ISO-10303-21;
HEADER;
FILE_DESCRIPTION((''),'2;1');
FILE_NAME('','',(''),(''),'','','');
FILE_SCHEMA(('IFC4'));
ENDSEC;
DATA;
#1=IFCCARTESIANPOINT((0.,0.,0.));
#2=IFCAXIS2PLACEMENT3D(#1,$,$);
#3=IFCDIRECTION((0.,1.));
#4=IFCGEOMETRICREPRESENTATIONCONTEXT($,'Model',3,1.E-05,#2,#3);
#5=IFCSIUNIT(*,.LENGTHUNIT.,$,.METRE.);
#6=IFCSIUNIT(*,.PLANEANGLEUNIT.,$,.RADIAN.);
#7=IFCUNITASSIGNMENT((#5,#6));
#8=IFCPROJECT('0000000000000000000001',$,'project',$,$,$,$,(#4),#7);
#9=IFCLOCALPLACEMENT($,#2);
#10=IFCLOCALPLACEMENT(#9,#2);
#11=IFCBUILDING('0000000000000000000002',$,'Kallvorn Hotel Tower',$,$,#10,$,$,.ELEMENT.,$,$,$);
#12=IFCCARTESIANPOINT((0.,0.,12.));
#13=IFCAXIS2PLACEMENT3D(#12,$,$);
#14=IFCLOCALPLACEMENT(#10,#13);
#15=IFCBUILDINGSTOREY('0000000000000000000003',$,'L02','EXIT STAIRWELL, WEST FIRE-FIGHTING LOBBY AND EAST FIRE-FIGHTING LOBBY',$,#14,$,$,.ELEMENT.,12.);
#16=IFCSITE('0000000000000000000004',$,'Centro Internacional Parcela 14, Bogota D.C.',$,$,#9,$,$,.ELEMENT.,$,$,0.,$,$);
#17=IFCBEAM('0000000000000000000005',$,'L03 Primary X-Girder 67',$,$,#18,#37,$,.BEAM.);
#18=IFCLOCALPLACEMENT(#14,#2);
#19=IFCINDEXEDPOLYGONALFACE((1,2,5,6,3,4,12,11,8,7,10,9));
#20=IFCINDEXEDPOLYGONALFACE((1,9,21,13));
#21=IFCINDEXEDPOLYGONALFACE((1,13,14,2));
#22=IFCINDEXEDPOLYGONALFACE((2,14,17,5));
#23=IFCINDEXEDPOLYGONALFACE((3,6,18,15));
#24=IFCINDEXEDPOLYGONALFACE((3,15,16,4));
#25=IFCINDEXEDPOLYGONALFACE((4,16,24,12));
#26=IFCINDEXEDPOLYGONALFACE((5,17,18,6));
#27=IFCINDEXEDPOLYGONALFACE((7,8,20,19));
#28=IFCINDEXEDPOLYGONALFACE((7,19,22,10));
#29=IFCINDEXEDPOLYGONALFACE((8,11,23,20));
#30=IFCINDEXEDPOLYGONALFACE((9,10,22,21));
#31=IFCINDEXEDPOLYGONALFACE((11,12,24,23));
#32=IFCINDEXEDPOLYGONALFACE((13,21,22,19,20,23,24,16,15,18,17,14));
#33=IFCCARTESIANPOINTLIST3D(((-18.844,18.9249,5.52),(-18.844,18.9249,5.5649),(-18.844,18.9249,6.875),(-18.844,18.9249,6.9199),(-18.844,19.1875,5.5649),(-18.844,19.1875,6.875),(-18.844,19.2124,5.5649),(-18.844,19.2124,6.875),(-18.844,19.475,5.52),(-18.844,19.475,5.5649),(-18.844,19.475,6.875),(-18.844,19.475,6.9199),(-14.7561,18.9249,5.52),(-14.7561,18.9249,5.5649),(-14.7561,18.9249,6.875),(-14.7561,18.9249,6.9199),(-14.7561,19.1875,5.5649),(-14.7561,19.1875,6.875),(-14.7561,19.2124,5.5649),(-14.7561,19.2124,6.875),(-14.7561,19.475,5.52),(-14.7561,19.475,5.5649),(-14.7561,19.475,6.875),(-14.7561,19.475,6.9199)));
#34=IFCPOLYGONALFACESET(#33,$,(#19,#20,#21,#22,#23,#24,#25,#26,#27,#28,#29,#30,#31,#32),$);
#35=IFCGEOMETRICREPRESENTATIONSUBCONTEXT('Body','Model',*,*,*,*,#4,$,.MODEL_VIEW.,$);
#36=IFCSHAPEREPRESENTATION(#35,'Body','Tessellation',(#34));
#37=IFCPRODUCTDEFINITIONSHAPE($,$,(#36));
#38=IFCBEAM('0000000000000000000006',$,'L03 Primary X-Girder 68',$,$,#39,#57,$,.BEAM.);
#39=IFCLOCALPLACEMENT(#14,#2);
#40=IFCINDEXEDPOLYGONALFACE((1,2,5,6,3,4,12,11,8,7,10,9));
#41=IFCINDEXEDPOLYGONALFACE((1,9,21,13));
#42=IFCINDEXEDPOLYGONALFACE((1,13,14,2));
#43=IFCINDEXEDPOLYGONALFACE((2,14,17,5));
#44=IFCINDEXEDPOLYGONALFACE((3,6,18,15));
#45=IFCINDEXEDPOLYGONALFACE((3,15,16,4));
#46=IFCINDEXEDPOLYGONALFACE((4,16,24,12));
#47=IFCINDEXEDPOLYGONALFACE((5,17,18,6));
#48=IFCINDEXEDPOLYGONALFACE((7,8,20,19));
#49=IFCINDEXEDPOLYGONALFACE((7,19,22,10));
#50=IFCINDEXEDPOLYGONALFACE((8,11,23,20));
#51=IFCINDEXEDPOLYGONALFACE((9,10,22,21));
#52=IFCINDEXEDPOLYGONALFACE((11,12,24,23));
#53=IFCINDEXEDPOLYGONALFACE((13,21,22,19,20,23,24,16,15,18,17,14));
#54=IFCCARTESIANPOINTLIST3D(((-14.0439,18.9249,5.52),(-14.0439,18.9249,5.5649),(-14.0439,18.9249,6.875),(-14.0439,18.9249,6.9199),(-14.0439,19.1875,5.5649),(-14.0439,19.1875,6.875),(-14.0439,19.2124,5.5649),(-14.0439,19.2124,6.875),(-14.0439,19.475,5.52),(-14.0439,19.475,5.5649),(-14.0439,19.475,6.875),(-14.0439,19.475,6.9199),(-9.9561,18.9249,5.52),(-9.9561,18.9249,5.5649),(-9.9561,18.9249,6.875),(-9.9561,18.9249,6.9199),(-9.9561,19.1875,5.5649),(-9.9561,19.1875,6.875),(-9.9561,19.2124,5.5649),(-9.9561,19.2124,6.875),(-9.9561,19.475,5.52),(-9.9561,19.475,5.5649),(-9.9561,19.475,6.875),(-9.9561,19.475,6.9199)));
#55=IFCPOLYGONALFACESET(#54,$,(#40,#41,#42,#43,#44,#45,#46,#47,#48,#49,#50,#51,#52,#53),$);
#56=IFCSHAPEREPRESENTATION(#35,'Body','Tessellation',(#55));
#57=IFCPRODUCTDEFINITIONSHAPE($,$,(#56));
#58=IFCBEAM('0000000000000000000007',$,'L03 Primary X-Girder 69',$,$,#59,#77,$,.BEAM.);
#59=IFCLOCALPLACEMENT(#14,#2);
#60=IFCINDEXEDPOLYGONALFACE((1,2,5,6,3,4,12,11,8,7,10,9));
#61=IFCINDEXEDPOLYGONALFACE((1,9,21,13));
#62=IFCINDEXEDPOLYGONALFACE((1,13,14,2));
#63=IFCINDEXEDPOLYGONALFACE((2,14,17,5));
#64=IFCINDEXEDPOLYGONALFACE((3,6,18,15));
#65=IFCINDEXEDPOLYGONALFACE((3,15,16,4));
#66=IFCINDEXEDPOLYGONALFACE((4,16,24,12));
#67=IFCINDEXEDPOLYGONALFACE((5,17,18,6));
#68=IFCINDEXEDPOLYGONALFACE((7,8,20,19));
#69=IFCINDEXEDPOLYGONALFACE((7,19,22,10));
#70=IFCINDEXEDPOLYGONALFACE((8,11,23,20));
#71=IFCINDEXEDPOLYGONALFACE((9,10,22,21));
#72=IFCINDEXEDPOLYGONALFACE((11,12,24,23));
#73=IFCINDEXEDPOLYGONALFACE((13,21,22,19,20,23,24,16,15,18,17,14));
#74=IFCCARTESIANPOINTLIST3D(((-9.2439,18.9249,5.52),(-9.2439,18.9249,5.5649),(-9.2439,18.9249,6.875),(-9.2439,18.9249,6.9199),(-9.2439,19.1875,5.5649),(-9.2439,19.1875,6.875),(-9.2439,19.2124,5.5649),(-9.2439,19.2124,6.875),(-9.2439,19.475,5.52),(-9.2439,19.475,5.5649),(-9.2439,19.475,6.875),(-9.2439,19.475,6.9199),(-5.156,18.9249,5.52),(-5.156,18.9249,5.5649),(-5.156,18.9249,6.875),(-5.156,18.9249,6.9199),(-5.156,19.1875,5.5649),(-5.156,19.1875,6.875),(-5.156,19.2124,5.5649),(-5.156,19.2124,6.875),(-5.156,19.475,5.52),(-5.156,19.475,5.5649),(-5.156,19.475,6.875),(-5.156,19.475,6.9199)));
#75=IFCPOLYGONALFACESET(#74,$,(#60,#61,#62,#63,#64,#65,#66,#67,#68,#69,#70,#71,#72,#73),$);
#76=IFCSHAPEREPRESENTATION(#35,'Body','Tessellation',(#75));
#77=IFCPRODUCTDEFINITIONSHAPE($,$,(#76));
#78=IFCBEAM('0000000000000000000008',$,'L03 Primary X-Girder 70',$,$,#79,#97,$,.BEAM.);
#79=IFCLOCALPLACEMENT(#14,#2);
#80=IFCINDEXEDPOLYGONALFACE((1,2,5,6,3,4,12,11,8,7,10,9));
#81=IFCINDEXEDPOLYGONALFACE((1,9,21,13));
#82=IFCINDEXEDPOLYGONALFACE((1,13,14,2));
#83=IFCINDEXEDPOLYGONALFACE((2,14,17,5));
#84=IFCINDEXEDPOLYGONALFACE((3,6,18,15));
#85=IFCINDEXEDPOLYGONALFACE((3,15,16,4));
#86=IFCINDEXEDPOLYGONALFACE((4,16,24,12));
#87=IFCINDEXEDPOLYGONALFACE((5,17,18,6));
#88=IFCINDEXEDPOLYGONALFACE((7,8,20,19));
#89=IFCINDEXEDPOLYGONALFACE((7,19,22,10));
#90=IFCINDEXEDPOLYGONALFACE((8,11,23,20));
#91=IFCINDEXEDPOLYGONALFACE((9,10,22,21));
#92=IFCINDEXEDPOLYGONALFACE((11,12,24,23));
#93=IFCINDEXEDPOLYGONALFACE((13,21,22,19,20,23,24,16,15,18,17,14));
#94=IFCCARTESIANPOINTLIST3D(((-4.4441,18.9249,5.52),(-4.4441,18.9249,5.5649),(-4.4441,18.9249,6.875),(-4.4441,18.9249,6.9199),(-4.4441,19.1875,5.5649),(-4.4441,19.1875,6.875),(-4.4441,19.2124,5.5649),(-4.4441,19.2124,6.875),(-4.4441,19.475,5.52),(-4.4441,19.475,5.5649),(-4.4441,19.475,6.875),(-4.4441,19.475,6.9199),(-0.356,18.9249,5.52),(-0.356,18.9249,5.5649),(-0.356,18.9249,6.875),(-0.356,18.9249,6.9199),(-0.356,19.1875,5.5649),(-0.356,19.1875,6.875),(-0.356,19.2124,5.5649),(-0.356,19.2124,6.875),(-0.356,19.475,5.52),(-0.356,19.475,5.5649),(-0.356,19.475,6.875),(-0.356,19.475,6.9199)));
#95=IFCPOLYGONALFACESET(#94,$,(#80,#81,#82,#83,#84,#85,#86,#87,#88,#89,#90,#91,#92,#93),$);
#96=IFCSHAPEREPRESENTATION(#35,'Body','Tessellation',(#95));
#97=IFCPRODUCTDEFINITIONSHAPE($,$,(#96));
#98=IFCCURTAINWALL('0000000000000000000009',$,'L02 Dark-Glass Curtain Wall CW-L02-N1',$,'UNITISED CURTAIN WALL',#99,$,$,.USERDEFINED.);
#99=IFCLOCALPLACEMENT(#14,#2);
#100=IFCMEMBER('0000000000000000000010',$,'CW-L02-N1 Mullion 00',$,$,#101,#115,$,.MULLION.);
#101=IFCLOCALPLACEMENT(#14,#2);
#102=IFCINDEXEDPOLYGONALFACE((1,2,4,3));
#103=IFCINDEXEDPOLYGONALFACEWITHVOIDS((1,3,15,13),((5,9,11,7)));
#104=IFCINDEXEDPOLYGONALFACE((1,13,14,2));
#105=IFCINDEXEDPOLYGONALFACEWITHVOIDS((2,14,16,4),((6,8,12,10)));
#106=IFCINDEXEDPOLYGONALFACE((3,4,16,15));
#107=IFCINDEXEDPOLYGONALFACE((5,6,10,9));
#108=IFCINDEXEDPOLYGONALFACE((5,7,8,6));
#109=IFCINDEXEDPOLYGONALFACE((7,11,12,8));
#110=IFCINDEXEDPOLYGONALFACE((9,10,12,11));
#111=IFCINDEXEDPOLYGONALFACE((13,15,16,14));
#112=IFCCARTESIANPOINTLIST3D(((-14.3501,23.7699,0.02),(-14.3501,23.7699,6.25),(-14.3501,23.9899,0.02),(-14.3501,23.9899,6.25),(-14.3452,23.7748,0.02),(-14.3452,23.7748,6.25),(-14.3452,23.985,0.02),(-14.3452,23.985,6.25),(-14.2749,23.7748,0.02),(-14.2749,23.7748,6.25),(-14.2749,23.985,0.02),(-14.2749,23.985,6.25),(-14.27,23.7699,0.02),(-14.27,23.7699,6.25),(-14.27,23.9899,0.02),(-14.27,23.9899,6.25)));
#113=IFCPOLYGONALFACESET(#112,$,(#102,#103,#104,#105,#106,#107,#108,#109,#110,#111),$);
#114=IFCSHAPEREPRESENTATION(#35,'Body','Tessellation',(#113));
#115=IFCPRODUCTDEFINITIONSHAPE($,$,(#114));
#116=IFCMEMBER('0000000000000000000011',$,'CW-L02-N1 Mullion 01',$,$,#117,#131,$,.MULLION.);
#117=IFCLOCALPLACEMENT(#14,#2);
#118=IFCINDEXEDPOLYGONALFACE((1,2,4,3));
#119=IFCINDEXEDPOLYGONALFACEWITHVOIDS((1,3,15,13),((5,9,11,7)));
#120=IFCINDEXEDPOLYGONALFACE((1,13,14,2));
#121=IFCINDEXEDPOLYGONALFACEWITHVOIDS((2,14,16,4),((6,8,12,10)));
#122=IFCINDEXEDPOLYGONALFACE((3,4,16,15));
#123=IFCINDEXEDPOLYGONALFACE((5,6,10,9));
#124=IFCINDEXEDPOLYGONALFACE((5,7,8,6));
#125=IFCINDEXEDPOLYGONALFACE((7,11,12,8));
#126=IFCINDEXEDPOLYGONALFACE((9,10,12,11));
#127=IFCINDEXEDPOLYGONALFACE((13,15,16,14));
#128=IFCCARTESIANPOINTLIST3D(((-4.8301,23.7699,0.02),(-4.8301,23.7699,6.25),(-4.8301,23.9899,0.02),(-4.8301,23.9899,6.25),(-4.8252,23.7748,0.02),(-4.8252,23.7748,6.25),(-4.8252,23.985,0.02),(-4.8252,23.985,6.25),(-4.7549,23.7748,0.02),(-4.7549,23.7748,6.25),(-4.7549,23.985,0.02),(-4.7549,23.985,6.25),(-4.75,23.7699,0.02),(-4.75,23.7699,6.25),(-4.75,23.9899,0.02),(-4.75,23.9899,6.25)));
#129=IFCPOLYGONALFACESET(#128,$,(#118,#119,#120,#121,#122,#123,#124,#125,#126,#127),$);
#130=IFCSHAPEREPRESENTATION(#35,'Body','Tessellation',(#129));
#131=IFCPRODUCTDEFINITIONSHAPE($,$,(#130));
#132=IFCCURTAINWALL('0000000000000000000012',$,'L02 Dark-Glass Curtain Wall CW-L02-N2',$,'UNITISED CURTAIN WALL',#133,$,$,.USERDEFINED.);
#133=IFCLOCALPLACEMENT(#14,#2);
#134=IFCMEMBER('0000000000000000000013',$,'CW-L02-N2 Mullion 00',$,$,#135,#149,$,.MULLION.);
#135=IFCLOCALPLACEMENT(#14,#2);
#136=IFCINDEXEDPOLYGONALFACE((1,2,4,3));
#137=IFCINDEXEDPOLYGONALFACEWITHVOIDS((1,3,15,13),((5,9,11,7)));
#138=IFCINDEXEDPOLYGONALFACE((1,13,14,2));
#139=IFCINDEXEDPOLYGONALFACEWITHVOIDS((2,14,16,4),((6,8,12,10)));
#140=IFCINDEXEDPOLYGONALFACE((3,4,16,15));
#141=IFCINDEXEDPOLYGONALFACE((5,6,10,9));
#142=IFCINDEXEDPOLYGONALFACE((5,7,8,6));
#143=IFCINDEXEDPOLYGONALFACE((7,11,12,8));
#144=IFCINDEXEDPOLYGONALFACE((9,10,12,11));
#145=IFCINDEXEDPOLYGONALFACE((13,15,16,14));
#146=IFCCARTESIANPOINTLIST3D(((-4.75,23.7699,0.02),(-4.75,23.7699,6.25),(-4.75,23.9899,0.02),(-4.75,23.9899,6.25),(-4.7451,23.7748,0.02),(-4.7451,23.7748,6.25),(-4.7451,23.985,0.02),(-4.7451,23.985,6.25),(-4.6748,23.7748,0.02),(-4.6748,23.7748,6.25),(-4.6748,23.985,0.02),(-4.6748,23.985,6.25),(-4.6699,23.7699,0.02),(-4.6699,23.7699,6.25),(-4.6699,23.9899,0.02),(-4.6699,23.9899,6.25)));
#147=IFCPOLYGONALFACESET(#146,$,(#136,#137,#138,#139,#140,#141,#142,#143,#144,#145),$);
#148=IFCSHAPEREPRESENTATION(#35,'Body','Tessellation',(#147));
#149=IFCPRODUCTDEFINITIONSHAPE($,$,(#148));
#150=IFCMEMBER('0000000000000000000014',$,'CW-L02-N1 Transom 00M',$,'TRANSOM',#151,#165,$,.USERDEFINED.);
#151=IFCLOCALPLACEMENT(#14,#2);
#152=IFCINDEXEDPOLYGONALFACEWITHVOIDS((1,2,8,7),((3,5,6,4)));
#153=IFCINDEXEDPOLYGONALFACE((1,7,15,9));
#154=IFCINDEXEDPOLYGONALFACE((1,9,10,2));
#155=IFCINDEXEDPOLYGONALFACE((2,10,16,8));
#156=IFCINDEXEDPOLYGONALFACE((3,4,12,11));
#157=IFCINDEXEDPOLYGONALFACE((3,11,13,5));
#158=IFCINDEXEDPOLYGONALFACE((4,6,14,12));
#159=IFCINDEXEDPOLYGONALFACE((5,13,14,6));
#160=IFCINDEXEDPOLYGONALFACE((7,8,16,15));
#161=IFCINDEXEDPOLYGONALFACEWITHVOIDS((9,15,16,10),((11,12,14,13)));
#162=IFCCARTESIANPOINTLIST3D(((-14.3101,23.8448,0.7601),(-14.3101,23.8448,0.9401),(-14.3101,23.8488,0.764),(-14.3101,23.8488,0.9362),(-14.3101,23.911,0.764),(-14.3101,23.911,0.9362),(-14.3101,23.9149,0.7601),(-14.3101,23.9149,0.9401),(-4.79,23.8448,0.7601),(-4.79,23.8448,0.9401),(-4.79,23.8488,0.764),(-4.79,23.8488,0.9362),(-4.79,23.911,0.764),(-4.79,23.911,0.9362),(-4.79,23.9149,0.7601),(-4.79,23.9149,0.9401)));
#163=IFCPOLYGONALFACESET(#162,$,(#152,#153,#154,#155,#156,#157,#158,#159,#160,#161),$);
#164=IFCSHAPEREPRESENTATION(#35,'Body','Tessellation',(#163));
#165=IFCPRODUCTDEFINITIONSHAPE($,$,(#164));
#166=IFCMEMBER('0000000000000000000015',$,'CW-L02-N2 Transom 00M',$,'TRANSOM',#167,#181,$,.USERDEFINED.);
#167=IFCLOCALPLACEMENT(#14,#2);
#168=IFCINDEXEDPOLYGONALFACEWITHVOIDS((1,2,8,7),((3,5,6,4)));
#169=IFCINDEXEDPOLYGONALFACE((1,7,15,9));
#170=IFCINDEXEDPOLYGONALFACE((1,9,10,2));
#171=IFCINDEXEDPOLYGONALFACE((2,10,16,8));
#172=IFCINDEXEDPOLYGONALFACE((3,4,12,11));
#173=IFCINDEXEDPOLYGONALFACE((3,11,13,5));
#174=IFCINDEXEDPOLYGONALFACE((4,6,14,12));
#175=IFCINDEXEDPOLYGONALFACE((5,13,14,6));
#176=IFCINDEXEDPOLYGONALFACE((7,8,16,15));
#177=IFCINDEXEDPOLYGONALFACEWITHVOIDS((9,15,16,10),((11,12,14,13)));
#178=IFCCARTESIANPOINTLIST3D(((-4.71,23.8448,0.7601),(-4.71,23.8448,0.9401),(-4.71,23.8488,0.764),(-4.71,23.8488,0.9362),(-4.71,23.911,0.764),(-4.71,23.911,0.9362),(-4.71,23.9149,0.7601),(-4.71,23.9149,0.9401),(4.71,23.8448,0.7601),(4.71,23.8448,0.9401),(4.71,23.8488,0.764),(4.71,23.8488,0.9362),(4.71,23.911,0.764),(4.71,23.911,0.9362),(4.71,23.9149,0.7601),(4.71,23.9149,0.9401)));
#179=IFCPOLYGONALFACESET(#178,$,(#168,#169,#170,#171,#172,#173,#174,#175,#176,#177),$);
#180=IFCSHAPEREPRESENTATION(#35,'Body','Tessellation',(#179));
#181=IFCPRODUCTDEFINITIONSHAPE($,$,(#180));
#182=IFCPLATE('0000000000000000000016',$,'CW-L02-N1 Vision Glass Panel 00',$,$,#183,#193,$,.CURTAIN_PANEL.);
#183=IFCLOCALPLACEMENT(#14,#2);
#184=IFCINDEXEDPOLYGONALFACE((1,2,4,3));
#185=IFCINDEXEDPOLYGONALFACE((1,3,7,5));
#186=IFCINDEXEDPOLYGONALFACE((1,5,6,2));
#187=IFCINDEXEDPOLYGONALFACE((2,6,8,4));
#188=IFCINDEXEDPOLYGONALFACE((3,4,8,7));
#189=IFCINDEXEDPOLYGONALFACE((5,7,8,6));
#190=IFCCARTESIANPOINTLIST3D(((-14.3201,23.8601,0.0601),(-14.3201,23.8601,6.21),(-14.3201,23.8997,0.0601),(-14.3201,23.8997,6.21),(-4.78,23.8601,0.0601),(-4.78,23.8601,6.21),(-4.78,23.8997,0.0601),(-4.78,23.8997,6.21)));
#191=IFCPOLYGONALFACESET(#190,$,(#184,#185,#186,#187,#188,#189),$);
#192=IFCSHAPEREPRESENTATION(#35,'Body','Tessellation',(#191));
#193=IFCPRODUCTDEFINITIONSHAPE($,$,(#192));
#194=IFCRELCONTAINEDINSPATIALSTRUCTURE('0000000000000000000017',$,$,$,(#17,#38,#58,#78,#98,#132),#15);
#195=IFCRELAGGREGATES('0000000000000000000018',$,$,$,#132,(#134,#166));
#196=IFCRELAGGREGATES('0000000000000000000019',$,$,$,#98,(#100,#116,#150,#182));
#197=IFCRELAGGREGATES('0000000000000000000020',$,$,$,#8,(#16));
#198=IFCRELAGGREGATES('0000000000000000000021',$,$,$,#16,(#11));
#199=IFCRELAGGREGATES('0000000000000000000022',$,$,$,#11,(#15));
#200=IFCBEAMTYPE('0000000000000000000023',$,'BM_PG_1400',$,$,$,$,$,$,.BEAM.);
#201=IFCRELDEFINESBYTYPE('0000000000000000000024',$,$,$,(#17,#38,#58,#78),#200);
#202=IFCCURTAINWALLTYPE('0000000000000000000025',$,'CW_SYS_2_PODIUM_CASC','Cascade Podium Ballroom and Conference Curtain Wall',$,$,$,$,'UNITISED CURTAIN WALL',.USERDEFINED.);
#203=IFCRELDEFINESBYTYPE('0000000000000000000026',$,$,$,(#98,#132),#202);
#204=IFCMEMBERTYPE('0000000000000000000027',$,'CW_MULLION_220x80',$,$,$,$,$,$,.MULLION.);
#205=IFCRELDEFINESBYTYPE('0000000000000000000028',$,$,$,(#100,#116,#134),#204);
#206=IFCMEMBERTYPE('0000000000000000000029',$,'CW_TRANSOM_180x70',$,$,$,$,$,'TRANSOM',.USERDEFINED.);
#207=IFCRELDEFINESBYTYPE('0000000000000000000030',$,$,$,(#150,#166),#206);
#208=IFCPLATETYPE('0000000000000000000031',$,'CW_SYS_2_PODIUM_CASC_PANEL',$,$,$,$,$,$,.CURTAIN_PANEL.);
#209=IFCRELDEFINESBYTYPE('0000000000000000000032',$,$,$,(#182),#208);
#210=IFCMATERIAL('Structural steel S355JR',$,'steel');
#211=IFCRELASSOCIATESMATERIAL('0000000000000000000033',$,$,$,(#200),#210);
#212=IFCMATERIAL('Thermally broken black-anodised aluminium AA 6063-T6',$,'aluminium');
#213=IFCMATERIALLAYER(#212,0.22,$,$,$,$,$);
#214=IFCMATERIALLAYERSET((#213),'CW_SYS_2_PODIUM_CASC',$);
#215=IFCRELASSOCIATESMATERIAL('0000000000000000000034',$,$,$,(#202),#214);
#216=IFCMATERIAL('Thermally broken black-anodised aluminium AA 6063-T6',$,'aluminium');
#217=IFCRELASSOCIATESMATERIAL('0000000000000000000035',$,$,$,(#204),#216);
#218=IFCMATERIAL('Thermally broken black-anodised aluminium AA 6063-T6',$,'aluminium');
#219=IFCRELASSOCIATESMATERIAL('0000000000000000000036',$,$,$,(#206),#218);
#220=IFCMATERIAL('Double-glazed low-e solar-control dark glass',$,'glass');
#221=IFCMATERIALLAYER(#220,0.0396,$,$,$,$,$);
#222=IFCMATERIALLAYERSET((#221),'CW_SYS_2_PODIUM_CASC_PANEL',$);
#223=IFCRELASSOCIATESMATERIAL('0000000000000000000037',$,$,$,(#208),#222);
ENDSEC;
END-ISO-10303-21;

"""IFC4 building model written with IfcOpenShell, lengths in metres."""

from ifc_helpers import new_model, si_unit, direction, frame, origin, origin_2d, place, context, subcontext, project, spatial, rectangle, hollow_rectangle, i_section, extrude, material, layer, layer_set, material_profile, profile_set, type_object, element, aggregate, save


model = new_model("IFC4")

# Units and contexts
model_context = context("Model", 3, precision=1e-05, world=origin(), true_north=direction((0.0, 1.0)))
body_context = subcontext(model_context, "Body", "Model", "MODEL_VIEW")
ifc_project = project(units=[si_unit("LENGTHUNIT", "METRE"), si_unit("PLANEANGLEUNIT", "RADIAN")], contexts=[model_context])

# Site, building, storey
site_placement = place(None, origin())
site = spatial("IfcSite", under=ifc_project, at=site_placement, Name="Centro Internacional Parcela 14, Bogota D.C.", CompositionType="ELEMENT", RefElevation=0.0)
building_placement = place(site_placement, origin())
building = spatial("IfcBuilding", under=site, at=building_placement, Name="Kallvorn Hotel Tower", CompositionType="ELEMENT")
storey_placement = place(building_placement, frame((0.0, 0.0, 12.0)))
storey = spatial("IfcBuildingStorey", under=building, at=storey_placement, Name="L02", Description="EXIT STAIRWELL, WEST FIRE-FIGHTING LOBBY AND EAST FIRE-FIGHTING LOBBY", CompositionType="ELEMENT", Elevation=12.0)

# Beams
ifc_material_1 = material(Name="Structural steel S355JR", Category="steel")
ifc_material_profile_1 = material_profile(ifc_material_1, i_section(OverallWidth=0.55, OverallDepth=1.3999, WebThickness=0.0249, FlangeThickness=0.0449, at=origin_2d()), Name="PG 1400x550x25x45")
ifc_profile_set_1 = profile_set([ifc_material_profile_1], Name="Structural steel S355JR")
beam_type_1 = type_object("IfcBeamType", Name="BM_PG_1400", PredefinedType="BEAM", material=ifc_profile_set_1)
for number, where, z_axis, x_axis, name in (
    (1, (-18.844, 19.2, 6.22), (1.0, 0.0, 0.0), (0.0, 1.0, 0.0), "L03 Primary X-Girder 67"),
    (2, (-14.0439, 19.2, 6.22), (1.0, 0.0, 0.0), (0.0, 1.0, 0.0), "L03 Primary X-Girder 68"),
    (3, (-9.2439, 19.2, 6.22), (1.0, 0.0, 0.0), (0.0, 1.0, 0.0), "L03 Primary X-Girder 69"),
):
    element("IfcBeam", number, at=place(storey_placement, frame(where, z_axis=z_axis, x_axis=x_axis)), inside=storey, type_object=beam_type_1, Name=name, PredefinedType="BEAM", context=body_context, shape_type="SweptSolid", body=[
        extrude(i_section(OverallWidth=0.55, OverallDepth=1.3999, WebThickness=0.0249, FlangeThickness=0.0449, at=origin_2d()), origin(), (0.0, 0.0, 1.0), 4.0879),
    ])
beam_1_placement = place(storey_placement, frame((-4.4441, 19.2, 6.22), z_axis=(1.0, 0.0, 0.0), x_axis=(0.0, 1.0, 0.0)))
element("IfcBeam", 4, at=beam_1_placement, inside=storey, type_object=beam_type_1, Name="L03 Primary X-Girder 70", PredefinedType="BEAM", context=body_context, shape_type="SweptSolid", body=[
    extrude(i_section(OverallWidth=0.55, OverallDepth=1.3999, WebThickness=0.0249, FlangeThickness=0.0449, at=origin_2d()), origin(), (0.0, 0.0, 1.0), 4.0881),
])

# Curtain wall, members
ifc_material_2 = material(Name="Thermally broken black-anodised aluminium AA 6063-T6", Category="aluminium")
ifc_layer_1 = layer(ifc_material_2, 0.22)
ifc_layer_set_1 = layer_set([ifc_layer_1], Name="CW_SYS_2_PODIUM_CASC")
curtain_wall_type = type_object("IfcCurtainWallType", Name="CW_SYS_2_PODIUM_CASC", Description="Cascade Podium Ballroom and Conference Curtain Wall", ElementType="UNITISED CURTAIN WALL", PredefinedType="USERDEFINED", material=ifc_layer_set_1)
curtain_wall_1_placement = place(storey_placement, origin())
curtain_wall_1 = element("IfcCurtainWall", 5, at=curtain_wall_1_placement, inside=storey, type_object=curtain_wall_type, Name="L02 Dark-Glass Curtain Wall CW-L02-N1", ObjectType="UNITISED CURTAIN WALL", PredefinedType="USERDEFINED")
ifc_material_3 = material(Name="Thermally broken black-anodised aluminium AA 6063-T6", Category="aluminium")
ifc_material_profile_2 = material_profile(ifc_material_3, hollow_rectangle(XDim=0.0801, YDim=0.22, WallThickness=0.0049, at=origin_2d()), Name="MUL 220x80")
ifc_profile_set_2 = profile_set([ifc_material_profile_2], Name="Thermally broken black-anodised aluminium AA 6063-T6")
member_type_1 = type_object("IfcMemberType", Name="CW_MULLION_220x80", PredefinedType="MULLION", material=ifc_profile_set_2)
member_1_placement = place(storey_placement, frame((-14.3101, 23.8799, 0.02), z_axis=(0.0, 0.0, 1.0), x_axis=(1.0, 0.0, 0.0)))
member_1 = element("IfcMember", 6, at=member_1_placement, type_object=member_type_1, Name="CW-L02-N1 Mullion 00", PredefinedType="MULLION", context=body_context, shape_type="SweptSolid", body=[
    extrude(hollow_rectangle(XDim=0.0801, YDim=0.22, WallThickness=0.0049, at=origin_2d()), origin(), (0.0, 0.0, 1.0), 6.23),
])
member_2_placement = place(storey_placement, frame((-4.79, 23.8799, 0.02), z_axis=(0.0, 0.0, 1.0), x_axis=(1.0, 0.0, 0.0)))
member_2 = element("IfcMember", 7, at=member_2_placement, type_object=member_type_1, Name="CW-L02-N1 Mullion 01", PredefinedType="MULLION", context=body_context, shape_type="SweptSolid", body=[
    extrude(hollow_rectangle(XDim=0.0801, YDim=0.22, WallThickness=0.0049, at=origin_2d()), origin(), (0.0, 0.0, 1.0), 6.23),
])

# Curtain wall, member
curtain_wall_2_placement = place(storey_placement, origin())
curtain_wall_2 = element("IfcCurtainWall", 8, at=curtain_wall_2_placement, inside=storey, type_object=curtain_wall_type, Name="L02 Dark-Glass Curtain Wall CW-L02-N2", ObjectType="UNITISED CURTAIN WALL", PredefinedType="USERDEFINED")
member_3_placement = place(storey_placement, frame((-4.71, 23.8799, 0.02), z_axis=(0.0, 0.0, 1.0), x_axis=(1.0, 0.0, 0.0)))
member_3 = element("IfcMember", 9, at=member_3_placement, type_object=member_type_1, Name="CW-L02-N2 Mullion 00", PredefinedType="MULLION", context=body_context, shape_type="SweptSolid", body=[
    extrude(hollow_rectangle(XDim=0.0801, YDim=0.22, WallThickness=0.0049, at=origin_2d()), origin(), (0.0, 0.0, 1.0), 6.23),
])

# Members
ifc_material_4 = material(Name="Thermally broken black-anodised aluminium AA 6063-T6", Category="aluminium")
ifc_material_profile_3 = material_profile(ifc_material_4, hollow_rectangle(XDim=0.0701, YDim=0.1799, WallThickness=0.0039, at=origin_2d()), Name="TRN 180x70")
ifc_profile_set_3 = profile_set([ifc_material_profile_3], Name="Thermally broken black-anodised aluminium AA 6063-T6")
member_type_2 = type_object("IfcMemberType", Name="CW_TRANSOM_180x70", ElementType="TRANSOM", PredefinedType="USERDEFINED", material=ifc_profile_set_3)
member_4_placement = place(storey_placement, frame((-14.3101, 23.8799, 0.8501), z_axis=(1.0, 0.0, 0.0), x_axis=(0.0, 1.0, 0.0)))
member_4 = element("IfcMember", 10, at=member_4_placement, type_object=member_type_2, Name="CW-L02-N1 Transom 00M", ObjectType="TRANSOM", PredefinedType="USERDEFINED", context=body_context, shape_type="SweptSolid", body=[
    extrude(hollow_rectangle(XDim=0.0701, YDim=0.1799, WallThickness=0.0039, at=origin_2d()), origin(), (0.0, 0.0, 1.0), 9.52),
])
member_5_placement = place(storey_placement, frame((-4.71, 23.8799, 0.8501), z_axis=(1.0, 0.0, 0.0), x_axis=(0.0, 1.0, 0.0)))
member_5 = element("IfcMember", 11, at=member_5_placement, type_object=member_type_2, Name="CW-L02-N2 Transom 00M", ObjectType="TRANSOM", PredefinedType="USERDEFINED", context=body_context, shape_type="SweptSolid", body=[
    extrude(hollow_rectangle(XDim=0.0701, YDim=0.1799, WallThickness=0.0039, at=origin_2d()), origin(), (0.0, 0.0, 1.0), 9.4199),
])
aggregate(curtain_wall_2, [member_3, member_5])

# Plate
ifc_material_5 = material(Name="Double-glazed low-e solar-control dark glass", Category="glass")
ifc_layer_2 = layer(ifc_material_5, 0.0396)
ifc_layer_set_2 = layer_set([ifc_layer_2], Name="CW_SYS_2_PODIUM_CASC_PANEL")
plate_type_1 = type_object("IfcPlateType", Name="CW_SYS_2_PODIUM_CASC_PANEL", PredefinedType="CURTAIN_PANEL", material=ifc_layer_set_2)
plate_placement = place(storey_placement, frame((-9.55, 23.8799, 0.0601), z_axis=(0.0, 0.0, 1.0), x_axis=(1.0, 0.0, 0.0)))
plate = element("IfcPlate", 12, at=plate_placement, type_object=plate_type_1, Name="CW-L02-N1 Vision Glass Panel 00", PredefinedType="CURTAIN_PANEL", context=body_context, shape_type="SweptSolid", body=[
    extrude(rectangle(XDim=9.54, YDim=0.0396, at=origin_2d()), origin(), (0.0, 0.0, 1.0), 6.1499),
])
aggregate(curtain_wall_1, [member_1, member_2, member_4, plate])

save(model, "model.ifc")
